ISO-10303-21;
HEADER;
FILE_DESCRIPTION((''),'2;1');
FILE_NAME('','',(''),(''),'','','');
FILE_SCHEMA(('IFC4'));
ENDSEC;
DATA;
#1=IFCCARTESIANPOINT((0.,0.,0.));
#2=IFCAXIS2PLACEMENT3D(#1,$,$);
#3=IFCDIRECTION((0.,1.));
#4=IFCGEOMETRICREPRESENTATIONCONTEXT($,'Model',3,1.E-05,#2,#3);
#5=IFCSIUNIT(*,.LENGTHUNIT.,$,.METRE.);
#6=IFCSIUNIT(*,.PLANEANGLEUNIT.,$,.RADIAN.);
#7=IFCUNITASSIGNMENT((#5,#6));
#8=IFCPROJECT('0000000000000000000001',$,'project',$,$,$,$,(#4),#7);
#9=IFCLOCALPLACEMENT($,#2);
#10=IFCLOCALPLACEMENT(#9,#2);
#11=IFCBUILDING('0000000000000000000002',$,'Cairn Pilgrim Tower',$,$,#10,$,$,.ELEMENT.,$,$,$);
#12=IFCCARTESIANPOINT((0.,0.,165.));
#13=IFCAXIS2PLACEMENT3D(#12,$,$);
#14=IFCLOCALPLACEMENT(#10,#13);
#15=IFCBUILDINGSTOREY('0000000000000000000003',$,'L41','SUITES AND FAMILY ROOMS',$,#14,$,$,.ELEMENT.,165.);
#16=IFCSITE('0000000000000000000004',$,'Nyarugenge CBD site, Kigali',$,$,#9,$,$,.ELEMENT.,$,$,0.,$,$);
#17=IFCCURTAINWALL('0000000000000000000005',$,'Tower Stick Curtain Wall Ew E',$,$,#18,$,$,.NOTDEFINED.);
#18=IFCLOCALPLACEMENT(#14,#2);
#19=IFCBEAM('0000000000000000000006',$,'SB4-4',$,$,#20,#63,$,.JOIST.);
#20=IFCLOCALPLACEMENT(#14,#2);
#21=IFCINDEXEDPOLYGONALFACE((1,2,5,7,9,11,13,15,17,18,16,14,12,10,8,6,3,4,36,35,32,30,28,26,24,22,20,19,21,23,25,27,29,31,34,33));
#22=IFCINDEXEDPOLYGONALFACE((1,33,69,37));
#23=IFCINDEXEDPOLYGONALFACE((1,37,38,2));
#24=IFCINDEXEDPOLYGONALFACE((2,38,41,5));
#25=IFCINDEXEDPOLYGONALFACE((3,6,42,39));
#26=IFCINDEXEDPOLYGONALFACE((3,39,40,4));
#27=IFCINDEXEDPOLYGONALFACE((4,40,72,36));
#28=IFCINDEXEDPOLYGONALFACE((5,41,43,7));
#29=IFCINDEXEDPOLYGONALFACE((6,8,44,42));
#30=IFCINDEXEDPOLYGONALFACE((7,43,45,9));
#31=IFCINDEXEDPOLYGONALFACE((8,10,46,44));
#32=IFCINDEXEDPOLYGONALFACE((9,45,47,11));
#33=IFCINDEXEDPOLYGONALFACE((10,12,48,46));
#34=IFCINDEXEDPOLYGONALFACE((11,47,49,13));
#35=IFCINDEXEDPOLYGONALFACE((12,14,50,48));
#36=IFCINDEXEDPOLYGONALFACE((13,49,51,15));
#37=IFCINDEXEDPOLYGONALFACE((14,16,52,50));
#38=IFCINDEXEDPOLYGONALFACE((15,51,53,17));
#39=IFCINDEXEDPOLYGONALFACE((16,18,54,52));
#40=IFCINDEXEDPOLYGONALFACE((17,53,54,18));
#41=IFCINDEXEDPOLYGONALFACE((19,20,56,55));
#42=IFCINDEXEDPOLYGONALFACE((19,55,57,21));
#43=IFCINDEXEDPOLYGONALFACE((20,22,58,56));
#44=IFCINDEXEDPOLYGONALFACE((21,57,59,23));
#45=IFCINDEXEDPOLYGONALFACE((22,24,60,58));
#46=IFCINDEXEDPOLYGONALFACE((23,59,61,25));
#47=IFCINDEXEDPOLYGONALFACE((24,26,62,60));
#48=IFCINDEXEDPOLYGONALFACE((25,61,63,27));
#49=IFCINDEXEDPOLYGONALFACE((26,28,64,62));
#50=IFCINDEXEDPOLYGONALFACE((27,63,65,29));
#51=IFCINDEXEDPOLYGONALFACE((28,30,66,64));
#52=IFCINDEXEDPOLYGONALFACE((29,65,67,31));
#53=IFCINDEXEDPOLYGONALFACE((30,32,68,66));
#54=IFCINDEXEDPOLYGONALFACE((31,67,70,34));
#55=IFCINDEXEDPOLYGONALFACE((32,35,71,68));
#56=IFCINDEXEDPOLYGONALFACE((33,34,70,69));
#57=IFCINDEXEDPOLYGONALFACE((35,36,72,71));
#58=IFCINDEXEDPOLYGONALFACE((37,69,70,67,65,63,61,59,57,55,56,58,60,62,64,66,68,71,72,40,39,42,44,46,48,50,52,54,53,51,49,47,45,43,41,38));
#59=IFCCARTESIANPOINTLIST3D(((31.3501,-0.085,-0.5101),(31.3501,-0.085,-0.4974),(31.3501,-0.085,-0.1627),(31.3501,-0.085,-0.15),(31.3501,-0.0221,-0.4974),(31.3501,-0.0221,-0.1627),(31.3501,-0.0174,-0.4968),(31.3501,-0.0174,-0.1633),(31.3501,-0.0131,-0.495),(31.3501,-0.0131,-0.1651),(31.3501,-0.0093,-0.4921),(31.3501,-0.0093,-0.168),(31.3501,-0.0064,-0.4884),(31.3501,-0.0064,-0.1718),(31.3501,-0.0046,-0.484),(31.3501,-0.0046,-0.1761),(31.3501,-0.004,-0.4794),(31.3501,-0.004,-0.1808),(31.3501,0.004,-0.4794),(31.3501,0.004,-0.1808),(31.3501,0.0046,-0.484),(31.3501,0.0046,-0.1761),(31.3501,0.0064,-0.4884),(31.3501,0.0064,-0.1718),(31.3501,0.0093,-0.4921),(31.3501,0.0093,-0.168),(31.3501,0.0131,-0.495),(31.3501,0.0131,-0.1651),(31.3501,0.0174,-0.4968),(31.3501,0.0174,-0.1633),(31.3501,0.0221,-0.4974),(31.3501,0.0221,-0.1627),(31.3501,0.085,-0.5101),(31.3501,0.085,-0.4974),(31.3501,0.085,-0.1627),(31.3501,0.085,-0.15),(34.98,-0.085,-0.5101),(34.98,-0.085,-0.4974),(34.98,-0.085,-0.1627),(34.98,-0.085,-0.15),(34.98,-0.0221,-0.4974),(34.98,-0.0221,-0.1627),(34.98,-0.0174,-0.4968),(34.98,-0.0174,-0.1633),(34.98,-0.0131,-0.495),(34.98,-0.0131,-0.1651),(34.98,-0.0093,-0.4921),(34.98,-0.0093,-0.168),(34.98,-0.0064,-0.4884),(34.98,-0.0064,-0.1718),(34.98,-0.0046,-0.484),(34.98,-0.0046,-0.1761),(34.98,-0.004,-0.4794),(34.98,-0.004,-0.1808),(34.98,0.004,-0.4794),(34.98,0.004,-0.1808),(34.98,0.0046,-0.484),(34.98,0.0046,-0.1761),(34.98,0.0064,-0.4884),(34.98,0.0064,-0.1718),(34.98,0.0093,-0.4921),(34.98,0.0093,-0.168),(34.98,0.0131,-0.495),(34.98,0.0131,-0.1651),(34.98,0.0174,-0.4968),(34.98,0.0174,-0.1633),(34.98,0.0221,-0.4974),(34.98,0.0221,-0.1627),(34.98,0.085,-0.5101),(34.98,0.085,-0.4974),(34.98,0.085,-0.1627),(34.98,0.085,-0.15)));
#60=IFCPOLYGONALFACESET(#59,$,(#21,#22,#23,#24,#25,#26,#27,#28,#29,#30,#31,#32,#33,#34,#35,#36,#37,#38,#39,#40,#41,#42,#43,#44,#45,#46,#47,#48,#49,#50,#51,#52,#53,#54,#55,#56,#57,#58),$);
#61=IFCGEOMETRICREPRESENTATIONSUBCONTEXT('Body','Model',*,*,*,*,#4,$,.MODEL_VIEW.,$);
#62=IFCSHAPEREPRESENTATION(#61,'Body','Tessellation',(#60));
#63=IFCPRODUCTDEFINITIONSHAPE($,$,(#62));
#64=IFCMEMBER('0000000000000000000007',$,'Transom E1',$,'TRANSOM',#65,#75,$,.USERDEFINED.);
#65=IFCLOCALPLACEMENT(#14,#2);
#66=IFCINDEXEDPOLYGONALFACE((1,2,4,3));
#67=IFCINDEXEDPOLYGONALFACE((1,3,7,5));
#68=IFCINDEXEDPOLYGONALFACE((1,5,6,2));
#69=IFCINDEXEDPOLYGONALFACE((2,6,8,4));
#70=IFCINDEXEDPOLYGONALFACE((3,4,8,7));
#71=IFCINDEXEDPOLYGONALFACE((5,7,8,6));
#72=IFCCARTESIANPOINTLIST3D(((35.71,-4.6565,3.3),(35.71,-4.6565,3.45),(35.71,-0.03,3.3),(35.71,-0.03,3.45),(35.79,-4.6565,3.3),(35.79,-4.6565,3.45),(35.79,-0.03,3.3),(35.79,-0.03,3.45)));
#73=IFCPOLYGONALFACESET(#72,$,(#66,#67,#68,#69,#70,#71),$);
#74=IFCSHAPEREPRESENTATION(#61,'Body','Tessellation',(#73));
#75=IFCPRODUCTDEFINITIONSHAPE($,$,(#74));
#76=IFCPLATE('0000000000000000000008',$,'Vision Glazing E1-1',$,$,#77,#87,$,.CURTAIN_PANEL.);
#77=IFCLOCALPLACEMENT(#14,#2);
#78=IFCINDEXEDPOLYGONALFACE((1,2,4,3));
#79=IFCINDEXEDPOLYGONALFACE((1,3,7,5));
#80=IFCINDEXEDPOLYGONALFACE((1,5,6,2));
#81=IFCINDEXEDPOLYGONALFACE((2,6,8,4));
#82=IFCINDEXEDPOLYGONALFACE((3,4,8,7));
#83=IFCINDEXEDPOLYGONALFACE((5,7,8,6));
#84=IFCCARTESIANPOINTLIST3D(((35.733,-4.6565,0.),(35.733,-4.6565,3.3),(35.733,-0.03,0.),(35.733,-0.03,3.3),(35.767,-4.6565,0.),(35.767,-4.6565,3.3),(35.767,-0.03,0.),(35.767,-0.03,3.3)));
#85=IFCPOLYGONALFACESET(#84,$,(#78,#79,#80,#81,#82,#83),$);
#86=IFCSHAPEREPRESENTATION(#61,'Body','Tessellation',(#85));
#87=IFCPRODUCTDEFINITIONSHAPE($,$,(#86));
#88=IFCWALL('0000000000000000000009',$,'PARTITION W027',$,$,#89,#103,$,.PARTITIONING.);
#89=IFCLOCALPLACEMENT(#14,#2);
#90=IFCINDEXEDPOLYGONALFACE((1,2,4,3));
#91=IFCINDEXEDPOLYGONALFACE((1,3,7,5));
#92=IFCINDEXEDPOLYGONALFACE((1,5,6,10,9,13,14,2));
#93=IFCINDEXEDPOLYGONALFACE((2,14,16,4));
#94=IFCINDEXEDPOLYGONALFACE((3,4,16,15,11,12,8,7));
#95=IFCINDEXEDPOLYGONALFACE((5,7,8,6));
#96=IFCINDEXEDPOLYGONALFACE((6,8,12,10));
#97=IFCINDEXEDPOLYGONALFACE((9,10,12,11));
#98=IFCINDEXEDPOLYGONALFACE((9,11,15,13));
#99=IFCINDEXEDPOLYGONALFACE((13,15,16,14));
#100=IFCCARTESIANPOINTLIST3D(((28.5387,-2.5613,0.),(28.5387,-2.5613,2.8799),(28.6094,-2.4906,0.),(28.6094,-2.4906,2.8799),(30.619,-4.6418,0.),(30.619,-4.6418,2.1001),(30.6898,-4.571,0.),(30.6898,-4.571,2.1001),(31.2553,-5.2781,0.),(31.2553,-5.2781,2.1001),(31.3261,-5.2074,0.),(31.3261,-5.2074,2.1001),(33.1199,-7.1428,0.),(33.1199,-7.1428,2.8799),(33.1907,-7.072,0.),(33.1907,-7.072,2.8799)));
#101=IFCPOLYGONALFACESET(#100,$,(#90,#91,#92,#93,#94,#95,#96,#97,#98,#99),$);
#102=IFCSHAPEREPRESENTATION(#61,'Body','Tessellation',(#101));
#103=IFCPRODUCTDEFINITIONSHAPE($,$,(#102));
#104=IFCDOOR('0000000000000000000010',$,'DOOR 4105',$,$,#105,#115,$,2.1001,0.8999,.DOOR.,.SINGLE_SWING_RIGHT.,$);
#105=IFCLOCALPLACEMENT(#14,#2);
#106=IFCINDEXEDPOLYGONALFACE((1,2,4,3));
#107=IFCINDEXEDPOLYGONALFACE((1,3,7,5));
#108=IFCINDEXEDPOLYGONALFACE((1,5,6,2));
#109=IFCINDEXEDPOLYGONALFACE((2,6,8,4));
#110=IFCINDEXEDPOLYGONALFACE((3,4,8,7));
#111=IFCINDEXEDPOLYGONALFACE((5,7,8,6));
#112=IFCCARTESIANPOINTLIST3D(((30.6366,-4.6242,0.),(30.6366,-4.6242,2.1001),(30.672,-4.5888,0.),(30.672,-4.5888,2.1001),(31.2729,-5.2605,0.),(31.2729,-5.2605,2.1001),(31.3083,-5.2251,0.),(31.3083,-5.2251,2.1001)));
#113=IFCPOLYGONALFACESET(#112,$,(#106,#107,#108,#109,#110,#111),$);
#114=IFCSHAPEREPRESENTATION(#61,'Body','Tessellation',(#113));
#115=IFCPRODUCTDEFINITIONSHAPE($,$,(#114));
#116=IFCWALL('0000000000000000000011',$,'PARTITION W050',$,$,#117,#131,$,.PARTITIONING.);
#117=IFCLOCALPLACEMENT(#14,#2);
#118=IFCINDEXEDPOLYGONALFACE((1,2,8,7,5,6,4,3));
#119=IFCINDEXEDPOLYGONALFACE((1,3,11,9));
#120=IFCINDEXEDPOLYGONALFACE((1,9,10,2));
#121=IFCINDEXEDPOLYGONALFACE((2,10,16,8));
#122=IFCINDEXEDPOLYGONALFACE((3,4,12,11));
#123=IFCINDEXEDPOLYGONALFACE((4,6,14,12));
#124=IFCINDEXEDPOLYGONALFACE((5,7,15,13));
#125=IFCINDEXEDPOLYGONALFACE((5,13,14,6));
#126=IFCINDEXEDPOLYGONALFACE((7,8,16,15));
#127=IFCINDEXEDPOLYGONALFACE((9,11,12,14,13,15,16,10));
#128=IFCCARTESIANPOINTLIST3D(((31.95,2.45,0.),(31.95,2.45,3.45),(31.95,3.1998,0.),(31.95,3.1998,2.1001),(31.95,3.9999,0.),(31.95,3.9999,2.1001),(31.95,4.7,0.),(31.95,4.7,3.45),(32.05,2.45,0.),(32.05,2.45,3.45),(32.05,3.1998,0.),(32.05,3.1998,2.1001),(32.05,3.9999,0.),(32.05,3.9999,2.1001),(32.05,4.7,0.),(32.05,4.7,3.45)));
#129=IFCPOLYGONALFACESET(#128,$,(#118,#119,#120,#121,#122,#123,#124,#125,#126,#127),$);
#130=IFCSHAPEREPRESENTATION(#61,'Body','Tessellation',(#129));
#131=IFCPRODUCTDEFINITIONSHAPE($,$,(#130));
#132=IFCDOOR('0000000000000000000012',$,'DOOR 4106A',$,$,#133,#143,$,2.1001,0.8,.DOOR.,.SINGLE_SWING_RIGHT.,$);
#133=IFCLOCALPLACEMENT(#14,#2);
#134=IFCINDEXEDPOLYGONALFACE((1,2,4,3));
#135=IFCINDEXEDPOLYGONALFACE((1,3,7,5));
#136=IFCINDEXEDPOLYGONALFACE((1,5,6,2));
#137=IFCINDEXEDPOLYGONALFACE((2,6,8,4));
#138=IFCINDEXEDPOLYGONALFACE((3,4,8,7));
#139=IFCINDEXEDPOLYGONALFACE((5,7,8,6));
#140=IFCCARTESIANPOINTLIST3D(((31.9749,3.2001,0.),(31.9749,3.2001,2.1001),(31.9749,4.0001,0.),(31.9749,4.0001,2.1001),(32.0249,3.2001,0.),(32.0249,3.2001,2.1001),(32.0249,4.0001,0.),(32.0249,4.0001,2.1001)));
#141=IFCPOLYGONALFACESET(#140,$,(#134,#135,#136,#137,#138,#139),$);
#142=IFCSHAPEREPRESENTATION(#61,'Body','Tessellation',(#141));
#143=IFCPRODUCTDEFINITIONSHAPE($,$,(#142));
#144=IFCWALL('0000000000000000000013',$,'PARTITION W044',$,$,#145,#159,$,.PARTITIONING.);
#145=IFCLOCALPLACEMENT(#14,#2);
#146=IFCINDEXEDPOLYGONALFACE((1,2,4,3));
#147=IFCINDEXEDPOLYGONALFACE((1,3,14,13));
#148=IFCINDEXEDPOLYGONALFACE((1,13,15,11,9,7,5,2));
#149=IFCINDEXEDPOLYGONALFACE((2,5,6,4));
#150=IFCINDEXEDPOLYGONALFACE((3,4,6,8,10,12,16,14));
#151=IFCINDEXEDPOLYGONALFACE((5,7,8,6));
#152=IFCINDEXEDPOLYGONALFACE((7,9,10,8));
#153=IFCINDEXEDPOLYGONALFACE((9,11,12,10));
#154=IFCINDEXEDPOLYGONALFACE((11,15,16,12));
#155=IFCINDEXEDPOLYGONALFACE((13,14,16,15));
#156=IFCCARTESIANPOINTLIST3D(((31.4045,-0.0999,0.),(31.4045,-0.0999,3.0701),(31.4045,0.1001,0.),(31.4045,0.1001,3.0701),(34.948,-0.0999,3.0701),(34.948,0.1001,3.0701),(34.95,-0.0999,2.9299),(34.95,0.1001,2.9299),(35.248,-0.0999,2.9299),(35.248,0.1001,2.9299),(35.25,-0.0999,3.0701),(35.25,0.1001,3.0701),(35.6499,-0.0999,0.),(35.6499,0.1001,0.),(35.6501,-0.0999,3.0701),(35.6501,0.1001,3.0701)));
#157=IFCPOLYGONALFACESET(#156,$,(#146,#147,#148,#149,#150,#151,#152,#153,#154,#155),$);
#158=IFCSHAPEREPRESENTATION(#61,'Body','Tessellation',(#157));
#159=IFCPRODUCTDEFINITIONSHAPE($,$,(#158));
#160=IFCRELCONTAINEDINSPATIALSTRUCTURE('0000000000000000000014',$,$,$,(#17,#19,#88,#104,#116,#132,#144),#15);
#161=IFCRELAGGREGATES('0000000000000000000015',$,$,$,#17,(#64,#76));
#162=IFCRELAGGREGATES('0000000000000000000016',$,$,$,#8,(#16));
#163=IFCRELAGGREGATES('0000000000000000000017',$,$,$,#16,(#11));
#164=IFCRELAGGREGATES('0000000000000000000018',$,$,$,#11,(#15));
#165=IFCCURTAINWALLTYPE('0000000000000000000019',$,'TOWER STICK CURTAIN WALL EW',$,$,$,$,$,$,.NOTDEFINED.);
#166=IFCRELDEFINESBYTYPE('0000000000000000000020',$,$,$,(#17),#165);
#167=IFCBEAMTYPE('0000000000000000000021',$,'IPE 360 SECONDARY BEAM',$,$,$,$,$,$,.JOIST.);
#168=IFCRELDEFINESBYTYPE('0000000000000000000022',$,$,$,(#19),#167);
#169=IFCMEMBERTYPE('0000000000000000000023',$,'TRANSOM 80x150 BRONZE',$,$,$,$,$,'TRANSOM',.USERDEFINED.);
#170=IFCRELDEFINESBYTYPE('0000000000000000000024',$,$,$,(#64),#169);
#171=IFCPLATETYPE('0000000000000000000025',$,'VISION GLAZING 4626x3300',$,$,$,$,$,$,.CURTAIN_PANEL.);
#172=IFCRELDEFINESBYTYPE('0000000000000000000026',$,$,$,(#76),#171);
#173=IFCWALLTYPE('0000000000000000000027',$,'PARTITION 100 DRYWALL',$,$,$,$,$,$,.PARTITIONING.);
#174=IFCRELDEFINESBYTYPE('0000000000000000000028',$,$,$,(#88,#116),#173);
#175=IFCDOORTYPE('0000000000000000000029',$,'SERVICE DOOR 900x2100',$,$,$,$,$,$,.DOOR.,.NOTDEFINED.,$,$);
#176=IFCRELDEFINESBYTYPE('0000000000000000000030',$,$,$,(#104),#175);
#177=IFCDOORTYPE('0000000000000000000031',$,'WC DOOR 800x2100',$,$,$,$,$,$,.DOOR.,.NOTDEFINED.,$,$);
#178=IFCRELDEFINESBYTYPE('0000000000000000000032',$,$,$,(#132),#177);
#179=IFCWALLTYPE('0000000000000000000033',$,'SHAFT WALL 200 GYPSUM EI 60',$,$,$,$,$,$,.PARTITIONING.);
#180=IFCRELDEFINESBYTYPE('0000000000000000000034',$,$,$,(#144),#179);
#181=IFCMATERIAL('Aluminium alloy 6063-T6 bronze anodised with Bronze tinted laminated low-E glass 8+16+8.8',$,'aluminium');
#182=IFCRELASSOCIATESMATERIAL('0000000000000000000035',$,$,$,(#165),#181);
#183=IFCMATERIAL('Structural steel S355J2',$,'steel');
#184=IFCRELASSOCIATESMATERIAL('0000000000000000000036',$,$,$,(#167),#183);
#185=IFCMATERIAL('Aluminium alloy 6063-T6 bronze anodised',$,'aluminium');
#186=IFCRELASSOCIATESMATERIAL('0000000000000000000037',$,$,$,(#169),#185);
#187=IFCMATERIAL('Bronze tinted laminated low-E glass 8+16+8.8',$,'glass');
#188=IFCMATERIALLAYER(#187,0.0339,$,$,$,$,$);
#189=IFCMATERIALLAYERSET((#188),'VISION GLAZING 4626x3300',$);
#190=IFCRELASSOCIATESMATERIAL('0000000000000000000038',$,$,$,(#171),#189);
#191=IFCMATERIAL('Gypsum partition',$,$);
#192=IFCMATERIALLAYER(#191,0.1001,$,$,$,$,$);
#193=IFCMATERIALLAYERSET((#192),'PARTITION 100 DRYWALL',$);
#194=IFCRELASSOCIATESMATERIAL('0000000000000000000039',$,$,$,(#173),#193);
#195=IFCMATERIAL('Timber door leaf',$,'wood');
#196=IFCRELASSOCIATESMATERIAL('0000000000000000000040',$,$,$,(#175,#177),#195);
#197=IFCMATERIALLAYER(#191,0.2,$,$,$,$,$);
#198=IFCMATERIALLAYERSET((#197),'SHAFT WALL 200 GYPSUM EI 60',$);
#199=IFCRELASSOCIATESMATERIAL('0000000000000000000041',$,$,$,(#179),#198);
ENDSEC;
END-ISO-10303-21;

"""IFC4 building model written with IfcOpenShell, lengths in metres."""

from ifc_helpers import new_model, si_unit, direction, frame, frame_2d, origin, origin_2d, place, context, subcontext, project, spatial, polyline, rectangle, i_section, outline, extrude, material, layer, layer_set, material_profile, profile_set, type_object, element, fill, aggregate, save


model = new_model("IFC4")

# Units and contexts
model_context = context("Model", 3, precision=1e-05, world=origin(), true_north=direction((0.0, 1.0)))
body_context = subcontext(model_context, "Body", "Model", "MODEL_VIEW")
ifc_project = project(units=[si_unit("LENGTHUNIT", "METRE"), si_unit("PLANEANGLEUNIT", "RADIAN")], contexts=[model_context])

# Site, building, storey
site_placement = place(None, origin())
site = spatial("IfcSite", under=ifc_project, at=site_placement, Name="Nyarugenge CBD site, Kigali", CompositionType="ELEMENT", RefElevation=0.0)
building_placement = place(site_placement, origin())
building = spatial("IfcBuilding", under=site, at=building_placement, Name="Cairn Pilgrim Tower", CompositionType="ELEMENT")
storey_placement = place(building_placement, frame((0.0, 0.0, 165.0)))
storey = spatial("IfcBuildingStorey", under=building, at=storey_placement, Name="L41", Description="SUITES AND FAMILY ROOMS", CompositionType="ELEMENT", Elevation=165.0)

# Shared definitions
ifc_material_1 = material(Name="Aluminium alloy 6063-T6 bronze anodised with Bronze tinted laminated low-E glass 8+16+8.8", Category="aluminium")
ifc_material_2 = material(Name="Aluminium alloy 6063-T6 bronze anodised", Category="aluminium")

# Curtain wall
curtain_wall_type_1 = type_object("IfcCurtainWallType", Name="TOWER STICK CURTAIN WALL EW", PredefinedType="NOTDEFINED", material=ifc_material_1)
curtain_wall_1_placement = place(storey_placement, origin())
curtain_wall_1 = element("IfcCurtainWall", 1, at=curtain_wall_1_placement, inside=storey, type_object=curtain_wall_type_1, Name="Tower Stick Curtain Wall Ew E", PredefinedType="NOTDEFINED")

# Beam
ifc_material_3 = material(Name="Structural steel S355J2", Category="steel")
ifc_material_profile_1 = material_profile(ifc_material_3, i_section(OverallWidth=0.1699, OverallDepth=0.3601, WebThickness=0.0081, FlangeThickness=0.0127, FilletRadius=0.0181, at=origin_2d()), Name="IPE 360")
ifc_profile_set_1 = profile_set([ifc_material_profile_1], Name="Structural steel S355J2")
beam_type_1 = type_object("IfcBeamType", Name="IPE 360 SECONDARY BEAM", PredefinedType="JOIST", material=ifc_profile_set_1)
beam_1_placement = place(storey_placement, frame((31.3501, 0.0, -0.3301), z_axis=(1.0, 0.0, 0.0), x_axis=(0.0, 1.0, 0.0)))
element("IfcBeam", 2, at=beam_1_placement, inside=storey, type_object=beam_type_1, Name="SB4-4", PredefinedType="JOIST", context=body_context, shape_type="SweptSolid", body=[
    extrude(i_section(OverallWidth=0.1699, OverallDepth=0.3601, WebThickness=0.0081, FlangeThickness=0.0127, FilletRadius=0.0181, at=origin_2d()), origin(), (0.0, 0.0, 1.0), 3.6299),
])

# Member
ifc_material_profile_2 = material_profile(ifc_material_2, rectangle(XDim=0.0801, YDim=0.1499, at=origin_2d()), Name="TRANSOM 80x150 BRONZE")
ifc_profile_set_2 = profile_set([ifc_material_profile_2], Name="Aluminium alloy 6063-T6 bronze anodised")
member_type_1 = type_object("IfcMemberType", Name="TRANSOM 80x150 BRONZE", ElementType="TRANSOM", PredefinedType="USERDEFINED", material=ifc_profile_set_2)
member_1_placement = place(storey_placement, frame((35.75, -4.6565, 3.375), z_axis=(0.0, 1.0, 0.0), x_axis=(-1.0, 0.0, 0.0)))
member_1 = element("IfcMember", 3, at=member_1_placement, type_object=member_type_1, Name="Transom E1", ObjectType="TRANSOM", PredefinedType="USERDEFINED", context=body_context, shape_type="SweptSolid", body=[
    extrude(rectangle(XDim=0.0801, YDim=0.1499, at=origin_2d()), origin(), (0.0, 0.0, 1.0), 4.6265),
])

# Plate
ifc_material_4 = material(Name="Bronze tinted laminated low-E glass 8+16+8.8", Category="glass")
ifc_layer_1 = layer(ifc_material_4, 0.0339)
ifc_layer_set_1 = layer_set([ifc_layer_1], Name="VISION GLAZING 4626x3300")
plate_type = type_object("IfcPlateType", Name="VISION GLAZING 4626x3300", PredefinedType="CURTAIN_PANEL", material=ifc_layer_set_1)
plate_placement = place(storey_placement, frame((35.75, -2.3433, 0.0), z_axis=(0.0, 0.0, 1.0), x_axis=(0.0, 1.0, 0.0)))
plate = element("IfcPlate", 4, at=plate_placement, type_object=plate_type, Name="Vision Glazing E1-1", PredefinedType="CURTAIN_PANEL", context=body_context, shape_type="SweptSolid", body=[
    extrude(rectangle(XDim=4.6265, YDim=0.0339, at=origin_2d()), origin(), (0.0, 0.0, 1.0), 3.3),
])
aggregate(curtain_wall_1, [member_1, plate])

# Walls, openings, doors
ifc_material_5 = material(Name="Gypsum partition")
ifc_layer_2 = layer(ifc_material_5, 0.1001)
ifc_layer_set_2 = layer_set([ifc_layer_2], Name="PARTITION 100 DRYWALL")
wall_type_1 = type_object("IfcWallType", Name="PARTITION 100 DRYWALL", PredefinedType="PARTITIONING", material=ifc_layer_set_2)
wall_1_placement = place(storey_placement, frame((33.1553, -7.1074, 0.0), z_axis=(0.0, 0.0, 1.0), x_axis=(-0.707088, 0.707126, 0.0)))
wall_1 = element("IfcWall", 5, at=wall_1_placement, inside=storey, type_object=wall_type_1, Name="PARTITION W027", PredefinedType="PARTITIONING", context=body_context, shape_type="SweptSolid", body=[
    extrude(rectangle(XDim=6.479, YDim=0.1001, at=frame_2d((3.2395, 0.0))), origin(), (0.0, 0.0, 1.0), 2.8799),
])
opening_1_placement = place(wall_1_placement, frame((2.637, 0.0, 0.0)))
opening_1 = element("IfcOpeningElement", 6, at=opening_1_placement, cuts=wall_1, PredefinedType="OPENING", context=body_context, shape_type="SweptSolid", body=[
    extrude(rectangle(XDim=0.8999, YDim=2.1001, at=frame_2d((0.45, 1.05))), frame((0.0, 0.0601, 0.0), z_axis=(0.0, -1.0, 0.0), x_axis=(1.0, 0.0, 0.0)), (0.0, 0.0, 1.0), 0.1201),
])
ifc_material_6 = material(Name="Timber door leaf", Category="wood")
door_type_1 = type_object("IfcDoorType", Name="SERVICE DOOR 900x2100", OperationType="NOTDEFINED", PredefinedType="DOOR", material=ifc_material_6)
door_1_placement = place(opening_1_placement, frame((0.8999, 0.0, 0.0), z_axis=(0.0, 0.0, 1.0), x_axis=(-1.0, 0.0, 0.0)))
door_1 = element("IfcDoor", 7, at=door_1_placement, inside=storey, type_object=door_type_1, Name="DOOR 4105", OperationType="SINGLE_SWING_RIGHT", OverallHeight=2.1001, OverallWidth=0.8999, PredefinedType="DOOR", context=body_context, shape_type="SweptSolid", body=[
    extrude(rectangle(XDim=0.8999, YDim=2.1001, at=frame_2d((0.45, 1.05))), frame((0.0, 0.0249, 0.0), z_axis=(0.0, -1.0, 0.0), x_axis=(1.0, 0.0, 0.0)), (0.0, 0.0, 1.0), 0.05),
])
fill(opening_1, door_1)
wall_2_placement = place(storey_placement, frame((32.0, 2.45, 0.0), z_axis=(0.0, 0.0, 1.0), x_axis=(0.0, 1.0, 0.0)))
wall_2 = element("IfcWall", 8, at=wall_2_placement, inside=storey, type_object=wall_type_1, Name="PARTITION W050", PredefinedType="PARTITIONING", context=body_context, shape_type="SweptSolid", body=[
    extrude(rectangle(XDim=2.25, YDim=0.1001, at=frame_2d((1.125, 0.0))), origin(), (0.0, 0.0, 1.0), 3.45),
])
opening_2_placement = place(wall_2_placement, frame((0.75, 0.0, 0.0)))
opening_2 = element("IfcOpeningElement", 9, at=opening_2_placement, cuts=wall_2, PredefinedType="OPENING", context=body_context, shape_type="SweptSolid", body=[
    extrude(rectangle(XDim=0.8, YDim=2.1001, at=frame_2d((0.3999, 1.05))), frame((0.0, 0.0601, 0.0), z_axis=(0.0, -1.0, 0.0), x_axis=(1.0, 0.0, 0.0)), (0.0, 0.0, 1.0), 0.1201),
])
door_type_2 = type_object("IfcDoorType", Name="WC DOOR 800x2100", OperationType="NOTDEFINED", PredefinedType="DOOR", material=ifc_material_6)
door_2_placement = place(opening_2_placement, frame((0.8, 0.0, 0.0), z_axis=(0.0, 0.0, 1.0), x_axis=(-1.0, 0.0, 0.0)))
door_2 = element("IfcDoor", 10, at=door_2_placement, inside=storey, type_object=door_type_2, Name="DOOR 4106A", OperationType="SINGLE_SWING_RIGHT", OverallHeight=2.1001, OverallWidth=0.8, PredefinedType="DOOR", context=body_context, shape_type="SweptSolid", body=[
    extrude(rectangle(XDim=0.8, YDim=2.1001, at=frame_2d((0.3999, 1.05))), frame((0.0, 0.0249, 0.0), z_axis=(0.0, -1.0, 0.0), x_axis=(1.0, 0.0, 0.0)), (0.0, 0.0, 1.0), 0.05),
])
fill(opening_2, door_2)

# Wall
ifc_layer_3 = layer(ifc_material_5, 0.2)
ifc_layer_set_3 = layer_set([ifc_layer_3], Name="SHAFT WALL 200 GYPSUM EI 60")
wall_type_2 = type_object("IfcWallType", Name="SHAFT WALL 200 GYPSUM EI 60", PredefinedType="PARTITIONING", material=ifc_layer_set_3)
wall_3_placement = place(storey_placement, frame((31.4045, 0.0, 0.0), z_axis=(0.0, 0.0, 1.0), x_axis=(1.0, 0.0, 0.0)))
element("IfcWall", 11, at=wall_3_placement, inside=storey, type_object=wall_type_2, Name="PARTITION W044", PredefinedType="PARTITIONING", context=body_context, shape_type="SweptSolid", body=[
    extrude(outline(polyline([(0.0, 0.0), (4.2454, 0.0), (4.2456, 3.0701), (3.8455, 3.0701), (3.8435, 2.9299), (3.5454, 2.9299), (3.5435, 3.0701), (0.0, 3.0701), (0.0, 0.0)])), frame((0.0, 0.1001, 0.0), z_axis=(0.0, -1.0, 0.0), x_axis=(1.0, 0.0, 0.0)), (0.0, 0.0, 1.0), 0.2),
])

save(model, "model.ifc")
